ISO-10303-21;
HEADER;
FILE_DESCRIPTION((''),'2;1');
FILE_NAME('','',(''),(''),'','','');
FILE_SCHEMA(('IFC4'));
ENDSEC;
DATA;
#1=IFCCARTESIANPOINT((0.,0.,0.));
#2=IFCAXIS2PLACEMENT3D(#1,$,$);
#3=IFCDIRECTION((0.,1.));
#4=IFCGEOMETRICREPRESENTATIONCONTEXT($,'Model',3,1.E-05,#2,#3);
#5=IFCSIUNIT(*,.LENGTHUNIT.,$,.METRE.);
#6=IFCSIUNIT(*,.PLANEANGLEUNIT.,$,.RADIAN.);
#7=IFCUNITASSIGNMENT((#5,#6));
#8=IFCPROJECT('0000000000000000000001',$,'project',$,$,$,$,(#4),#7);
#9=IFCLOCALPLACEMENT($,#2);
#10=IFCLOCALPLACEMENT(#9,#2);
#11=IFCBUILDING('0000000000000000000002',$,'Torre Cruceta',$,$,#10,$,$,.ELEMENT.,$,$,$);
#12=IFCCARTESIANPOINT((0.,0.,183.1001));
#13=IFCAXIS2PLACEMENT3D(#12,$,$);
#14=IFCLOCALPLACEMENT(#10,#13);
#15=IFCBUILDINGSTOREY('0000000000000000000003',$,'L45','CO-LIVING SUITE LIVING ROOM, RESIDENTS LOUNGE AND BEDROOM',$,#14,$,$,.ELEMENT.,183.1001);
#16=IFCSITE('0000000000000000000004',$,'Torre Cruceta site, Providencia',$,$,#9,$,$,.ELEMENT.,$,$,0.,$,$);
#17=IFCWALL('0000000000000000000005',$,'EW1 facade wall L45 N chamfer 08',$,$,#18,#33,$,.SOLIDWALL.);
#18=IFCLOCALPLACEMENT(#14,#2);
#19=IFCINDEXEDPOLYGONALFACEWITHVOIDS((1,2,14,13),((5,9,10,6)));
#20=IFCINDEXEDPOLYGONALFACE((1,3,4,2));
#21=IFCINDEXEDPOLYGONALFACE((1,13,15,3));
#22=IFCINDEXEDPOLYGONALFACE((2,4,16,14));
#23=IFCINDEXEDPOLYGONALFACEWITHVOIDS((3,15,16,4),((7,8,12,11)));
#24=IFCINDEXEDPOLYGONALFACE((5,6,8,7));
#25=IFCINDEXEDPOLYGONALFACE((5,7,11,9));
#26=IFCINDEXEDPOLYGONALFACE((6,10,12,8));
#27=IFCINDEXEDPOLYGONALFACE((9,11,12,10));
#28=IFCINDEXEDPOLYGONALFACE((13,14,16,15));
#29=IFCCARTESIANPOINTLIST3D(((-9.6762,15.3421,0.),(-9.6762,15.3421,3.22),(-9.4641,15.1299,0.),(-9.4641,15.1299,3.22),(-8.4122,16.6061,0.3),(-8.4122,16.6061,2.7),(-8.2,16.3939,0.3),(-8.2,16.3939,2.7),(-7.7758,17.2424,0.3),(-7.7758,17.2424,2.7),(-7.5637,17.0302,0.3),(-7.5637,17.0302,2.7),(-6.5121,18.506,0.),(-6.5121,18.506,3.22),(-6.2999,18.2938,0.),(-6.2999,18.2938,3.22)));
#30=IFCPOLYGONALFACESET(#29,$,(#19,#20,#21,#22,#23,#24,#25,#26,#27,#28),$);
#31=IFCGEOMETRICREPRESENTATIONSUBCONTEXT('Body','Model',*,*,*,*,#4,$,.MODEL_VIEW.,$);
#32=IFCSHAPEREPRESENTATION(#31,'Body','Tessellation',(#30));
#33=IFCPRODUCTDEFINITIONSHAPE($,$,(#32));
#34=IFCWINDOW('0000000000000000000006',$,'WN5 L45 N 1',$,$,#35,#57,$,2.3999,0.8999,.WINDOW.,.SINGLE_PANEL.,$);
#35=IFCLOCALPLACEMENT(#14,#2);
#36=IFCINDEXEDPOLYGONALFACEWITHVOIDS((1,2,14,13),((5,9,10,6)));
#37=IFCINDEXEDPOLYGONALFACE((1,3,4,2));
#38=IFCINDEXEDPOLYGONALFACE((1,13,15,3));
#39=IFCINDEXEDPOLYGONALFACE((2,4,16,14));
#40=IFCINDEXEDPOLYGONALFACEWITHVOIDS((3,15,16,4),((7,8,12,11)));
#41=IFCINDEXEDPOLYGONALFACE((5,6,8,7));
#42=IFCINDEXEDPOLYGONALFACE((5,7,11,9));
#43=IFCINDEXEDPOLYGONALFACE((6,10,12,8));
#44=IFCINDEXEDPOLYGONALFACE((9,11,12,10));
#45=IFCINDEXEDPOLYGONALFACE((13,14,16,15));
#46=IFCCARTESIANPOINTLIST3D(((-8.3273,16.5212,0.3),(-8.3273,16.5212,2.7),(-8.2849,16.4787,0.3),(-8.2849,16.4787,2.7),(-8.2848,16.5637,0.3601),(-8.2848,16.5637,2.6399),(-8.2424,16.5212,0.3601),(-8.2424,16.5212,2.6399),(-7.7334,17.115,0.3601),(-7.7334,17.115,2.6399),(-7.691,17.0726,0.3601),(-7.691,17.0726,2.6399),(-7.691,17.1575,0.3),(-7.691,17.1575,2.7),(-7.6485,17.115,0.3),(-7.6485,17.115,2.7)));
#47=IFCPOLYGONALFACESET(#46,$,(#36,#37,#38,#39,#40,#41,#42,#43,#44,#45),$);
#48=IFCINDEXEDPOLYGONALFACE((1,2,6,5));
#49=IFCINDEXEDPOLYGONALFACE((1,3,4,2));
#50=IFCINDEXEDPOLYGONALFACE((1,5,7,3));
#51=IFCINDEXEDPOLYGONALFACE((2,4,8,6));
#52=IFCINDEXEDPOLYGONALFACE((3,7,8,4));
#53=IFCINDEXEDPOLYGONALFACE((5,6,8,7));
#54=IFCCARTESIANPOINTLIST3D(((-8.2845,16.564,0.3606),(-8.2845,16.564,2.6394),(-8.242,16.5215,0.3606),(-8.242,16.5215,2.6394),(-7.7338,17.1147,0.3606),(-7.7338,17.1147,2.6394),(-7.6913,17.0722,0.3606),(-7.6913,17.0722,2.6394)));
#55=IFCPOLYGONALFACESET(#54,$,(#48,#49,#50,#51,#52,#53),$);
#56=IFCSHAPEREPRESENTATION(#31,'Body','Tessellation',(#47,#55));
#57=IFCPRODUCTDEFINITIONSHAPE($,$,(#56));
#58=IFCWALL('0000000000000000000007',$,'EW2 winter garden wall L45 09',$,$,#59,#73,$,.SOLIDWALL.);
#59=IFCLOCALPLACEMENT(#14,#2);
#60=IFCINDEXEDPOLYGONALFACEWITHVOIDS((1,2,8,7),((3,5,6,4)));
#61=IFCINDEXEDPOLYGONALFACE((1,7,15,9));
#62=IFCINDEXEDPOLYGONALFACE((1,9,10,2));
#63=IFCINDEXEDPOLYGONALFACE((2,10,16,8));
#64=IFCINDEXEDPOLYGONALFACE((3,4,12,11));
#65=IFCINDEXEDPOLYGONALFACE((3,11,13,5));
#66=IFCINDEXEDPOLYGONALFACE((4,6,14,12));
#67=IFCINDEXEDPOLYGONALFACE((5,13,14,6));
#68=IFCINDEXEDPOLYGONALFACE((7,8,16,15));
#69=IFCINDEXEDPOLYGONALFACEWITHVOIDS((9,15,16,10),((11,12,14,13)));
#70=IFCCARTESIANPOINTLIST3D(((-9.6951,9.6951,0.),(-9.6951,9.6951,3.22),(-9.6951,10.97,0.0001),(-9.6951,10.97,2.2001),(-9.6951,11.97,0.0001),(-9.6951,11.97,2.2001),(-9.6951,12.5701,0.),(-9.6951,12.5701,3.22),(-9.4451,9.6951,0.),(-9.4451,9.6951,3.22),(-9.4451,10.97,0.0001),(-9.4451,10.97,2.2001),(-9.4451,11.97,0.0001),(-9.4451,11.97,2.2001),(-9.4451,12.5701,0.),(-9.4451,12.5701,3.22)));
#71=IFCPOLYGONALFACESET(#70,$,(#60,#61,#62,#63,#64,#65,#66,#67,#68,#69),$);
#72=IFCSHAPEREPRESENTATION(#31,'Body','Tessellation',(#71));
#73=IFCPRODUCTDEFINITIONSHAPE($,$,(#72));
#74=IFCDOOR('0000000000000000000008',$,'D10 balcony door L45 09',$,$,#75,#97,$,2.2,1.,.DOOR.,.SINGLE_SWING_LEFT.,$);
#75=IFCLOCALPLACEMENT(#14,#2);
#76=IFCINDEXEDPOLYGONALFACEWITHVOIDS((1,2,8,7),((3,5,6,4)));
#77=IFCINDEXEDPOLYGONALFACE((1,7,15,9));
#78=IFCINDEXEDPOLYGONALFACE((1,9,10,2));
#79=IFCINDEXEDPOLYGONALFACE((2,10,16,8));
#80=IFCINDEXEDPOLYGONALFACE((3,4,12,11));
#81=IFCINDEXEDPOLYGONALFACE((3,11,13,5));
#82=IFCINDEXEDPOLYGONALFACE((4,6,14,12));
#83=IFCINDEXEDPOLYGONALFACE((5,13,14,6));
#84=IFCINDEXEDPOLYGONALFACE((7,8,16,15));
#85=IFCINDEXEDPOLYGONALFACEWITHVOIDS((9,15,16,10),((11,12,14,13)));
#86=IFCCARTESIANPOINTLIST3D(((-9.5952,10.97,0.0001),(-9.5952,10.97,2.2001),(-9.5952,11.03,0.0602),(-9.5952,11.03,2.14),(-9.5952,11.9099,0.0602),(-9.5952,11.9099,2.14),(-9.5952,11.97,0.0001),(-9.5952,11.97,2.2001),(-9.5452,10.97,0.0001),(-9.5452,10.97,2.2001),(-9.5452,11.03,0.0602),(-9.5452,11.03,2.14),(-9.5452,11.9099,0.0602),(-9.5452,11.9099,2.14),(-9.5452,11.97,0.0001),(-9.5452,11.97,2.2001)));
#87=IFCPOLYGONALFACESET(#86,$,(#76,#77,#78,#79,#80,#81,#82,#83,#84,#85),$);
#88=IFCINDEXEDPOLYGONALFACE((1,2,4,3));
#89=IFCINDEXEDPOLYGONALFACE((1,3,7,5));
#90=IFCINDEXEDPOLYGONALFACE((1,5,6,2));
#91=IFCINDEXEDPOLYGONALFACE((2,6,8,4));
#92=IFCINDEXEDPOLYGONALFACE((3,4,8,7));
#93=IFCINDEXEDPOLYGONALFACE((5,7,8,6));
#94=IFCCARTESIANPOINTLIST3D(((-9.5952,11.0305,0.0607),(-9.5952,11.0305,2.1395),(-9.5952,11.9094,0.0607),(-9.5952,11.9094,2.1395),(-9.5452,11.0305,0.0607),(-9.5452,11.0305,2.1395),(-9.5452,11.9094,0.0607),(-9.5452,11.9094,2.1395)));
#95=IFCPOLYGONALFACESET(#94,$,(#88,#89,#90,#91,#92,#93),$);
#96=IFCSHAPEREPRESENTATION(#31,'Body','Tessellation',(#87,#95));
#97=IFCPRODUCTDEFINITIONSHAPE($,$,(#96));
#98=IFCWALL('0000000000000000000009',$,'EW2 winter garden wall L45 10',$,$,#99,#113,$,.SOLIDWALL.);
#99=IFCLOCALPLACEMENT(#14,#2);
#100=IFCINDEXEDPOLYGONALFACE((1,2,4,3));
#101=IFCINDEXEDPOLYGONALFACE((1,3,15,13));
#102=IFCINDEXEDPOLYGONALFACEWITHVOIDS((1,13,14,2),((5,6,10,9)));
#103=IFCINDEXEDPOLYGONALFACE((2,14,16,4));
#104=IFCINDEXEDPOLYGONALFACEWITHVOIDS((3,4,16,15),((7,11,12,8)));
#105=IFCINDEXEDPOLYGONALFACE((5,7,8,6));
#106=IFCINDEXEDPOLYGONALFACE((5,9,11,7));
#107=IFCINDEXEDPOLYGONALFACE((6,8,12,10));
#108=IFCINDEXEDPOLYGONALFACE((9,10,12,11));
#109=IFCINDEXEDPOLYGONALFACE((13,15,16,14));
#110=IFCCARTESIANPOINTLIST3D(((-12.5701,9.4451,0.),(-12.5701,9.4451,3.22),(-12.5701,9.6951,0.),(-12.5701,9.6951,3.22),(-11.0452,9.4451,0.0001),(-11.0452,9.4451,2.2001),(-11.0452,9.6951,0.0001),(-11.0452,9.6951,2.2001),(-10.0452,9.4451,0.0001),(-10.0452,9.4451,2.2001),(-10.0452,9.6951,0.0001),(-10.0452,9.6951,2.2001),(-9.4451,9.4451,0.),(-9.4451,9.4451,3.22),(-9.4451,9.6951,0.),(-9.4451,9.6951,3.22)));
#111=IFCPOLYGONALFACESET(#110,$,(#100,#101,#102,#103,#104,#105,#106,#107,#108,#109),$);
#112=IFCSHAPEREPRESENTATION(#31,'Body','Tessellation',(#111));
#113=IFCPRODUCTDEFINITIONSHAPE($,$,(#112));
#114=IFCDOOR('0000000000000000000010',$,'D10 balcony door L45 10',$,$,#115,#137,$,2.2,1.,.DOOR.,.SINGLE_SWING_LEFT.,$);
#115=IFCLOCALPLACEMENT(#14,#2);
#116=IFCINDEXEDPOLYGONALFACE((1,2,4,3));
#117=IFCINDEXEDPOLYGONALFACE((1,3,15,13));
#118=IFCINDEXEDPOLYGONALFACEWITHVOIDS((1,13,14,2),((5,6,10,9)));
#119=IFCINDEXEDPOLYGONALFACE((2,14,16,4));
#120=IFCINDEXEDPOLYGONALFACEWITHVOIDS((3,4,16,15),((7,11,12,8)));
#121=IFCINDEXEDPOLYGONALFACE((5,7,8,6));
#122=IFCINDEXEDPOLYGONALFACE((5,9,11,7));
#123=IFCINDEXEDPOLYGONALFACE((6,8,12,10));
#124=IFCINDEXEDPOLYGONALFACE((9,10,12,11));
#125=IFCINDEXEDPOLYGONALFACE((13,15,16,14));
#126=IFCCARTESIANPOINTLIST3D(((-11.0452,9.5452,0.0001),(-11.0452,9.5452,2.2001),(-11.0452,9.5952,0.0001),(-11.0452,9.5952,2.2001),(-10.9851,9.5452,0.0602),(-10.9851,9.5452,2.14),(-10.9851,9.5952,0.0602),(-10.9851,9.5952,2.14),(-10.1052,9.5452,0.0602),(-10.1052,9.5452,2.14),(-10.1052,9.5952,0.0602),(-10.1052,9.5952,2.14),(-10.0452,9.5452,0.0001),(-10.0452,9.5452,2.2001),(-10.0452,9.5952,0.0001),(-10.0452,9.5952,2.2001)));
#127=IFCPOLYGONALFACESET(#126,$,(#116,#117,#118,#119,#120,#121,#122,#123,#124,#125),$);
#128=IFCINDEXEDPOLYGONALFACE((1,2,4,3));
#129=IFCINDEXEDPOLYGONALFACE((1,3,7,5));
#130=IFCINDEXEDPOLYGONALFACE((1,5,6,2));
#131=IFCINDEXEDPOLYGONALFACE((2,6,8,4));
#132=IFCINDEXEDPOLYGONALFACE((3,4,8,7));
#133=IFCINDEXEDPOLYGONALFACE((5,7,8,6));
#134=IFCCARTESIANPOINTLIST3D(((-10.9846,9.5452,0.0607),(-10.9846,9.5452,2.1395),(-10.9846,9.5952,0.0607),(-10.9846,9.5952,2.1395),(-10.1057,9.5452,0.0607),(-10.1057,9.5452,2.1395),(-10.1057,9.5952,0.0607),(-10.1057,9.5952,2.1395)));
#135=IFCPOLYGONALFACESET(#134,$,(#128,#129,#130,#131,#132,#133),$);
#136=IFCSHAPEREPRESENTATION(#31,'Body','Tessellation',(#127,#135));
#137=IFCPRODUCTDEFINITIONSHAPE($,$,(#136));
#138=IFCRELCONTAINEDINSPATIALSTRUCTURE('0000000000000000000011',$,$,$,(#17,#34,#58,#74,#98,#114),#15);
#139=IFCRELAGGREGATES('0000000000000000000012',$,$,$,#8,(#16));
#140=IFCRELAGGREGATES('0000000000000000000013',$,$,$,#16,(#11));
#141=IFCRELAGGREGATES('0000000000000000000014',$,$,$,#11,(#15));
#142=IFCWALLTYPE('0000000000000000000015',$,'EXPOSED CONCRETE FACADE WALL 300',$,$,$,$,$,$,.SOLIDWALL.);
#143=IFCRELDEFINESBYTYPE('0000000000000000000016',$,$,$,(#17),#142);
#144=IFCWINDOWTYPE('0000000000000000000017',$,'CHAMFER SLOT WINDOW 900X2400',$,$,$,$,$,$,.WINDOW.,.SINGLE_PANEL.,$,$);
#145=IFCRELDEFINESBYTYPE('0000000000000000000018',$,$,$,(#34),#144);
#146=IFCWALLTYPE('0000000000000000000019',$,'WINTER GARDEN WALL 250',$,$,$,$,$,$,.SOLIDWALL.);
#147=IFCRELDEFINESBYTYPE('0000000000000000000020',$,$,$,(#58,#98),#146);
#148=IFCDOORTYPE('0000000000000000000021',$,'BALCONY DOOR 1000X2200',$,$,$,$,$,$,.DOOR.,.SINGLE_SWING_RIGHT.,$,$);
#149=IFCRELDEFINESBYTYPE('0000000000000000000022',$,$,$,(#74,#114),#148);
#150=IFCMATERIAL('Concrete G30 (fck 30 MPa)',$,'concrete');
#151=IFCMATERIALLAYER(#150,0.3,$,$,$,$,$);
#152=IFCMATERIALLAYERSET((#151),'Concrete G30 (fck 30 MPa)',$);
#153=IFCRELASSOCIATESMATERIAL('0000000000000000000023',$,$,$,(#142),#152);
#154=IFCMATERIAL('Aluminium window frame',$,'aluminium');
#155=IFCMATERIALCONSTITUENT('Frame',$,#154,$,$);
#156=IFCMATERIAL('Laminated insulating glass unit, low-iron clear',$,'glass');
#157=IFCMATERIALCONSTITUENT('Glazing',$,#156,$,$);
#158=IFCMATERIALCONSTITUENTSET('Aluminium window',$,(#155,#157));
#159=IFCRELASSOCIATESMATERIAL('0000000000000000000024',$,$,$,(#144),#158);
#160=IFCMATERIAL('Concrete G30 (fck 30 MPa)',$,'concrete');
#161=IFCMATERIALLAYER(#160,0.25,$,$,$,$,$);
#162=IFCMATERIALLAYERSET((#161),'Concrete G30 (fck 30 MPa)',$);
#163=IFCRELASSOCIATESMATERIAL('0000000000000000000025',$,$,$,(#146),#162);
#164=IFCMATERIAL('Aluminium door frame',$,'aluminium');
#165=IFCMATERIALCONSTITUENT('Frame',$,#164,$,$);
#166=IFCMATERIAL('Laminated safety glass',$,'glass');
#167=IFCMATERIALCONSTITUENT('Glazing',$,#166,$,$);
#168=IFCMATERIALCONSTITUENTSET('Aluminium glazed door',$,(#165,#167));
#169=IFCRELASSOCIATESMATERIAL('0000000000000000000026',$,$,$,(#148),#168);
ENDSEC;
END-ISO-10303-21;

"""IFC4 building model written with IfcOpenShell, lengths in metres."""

from ifc_helpers import new_model, si_unit, direction, frame, frame_2d, origin, place, context, subcontext, project, spatial, rectangle, hollow_rectangle, extrude, material, layer, layer_set, constituent, constituent_set, type_object, element, fill, save


model = new_model("IFC4")

# Units and contexts
model_context = context("Model", 3, precision=1e-05, world=origin(), true_north=direction((0.0, 1.0)))
body_context = subcontext(model_context, "Body", "Model", "MODEL_VIEW")
ifc_project = project(units=[si_unit("LENGTHUNIT", "METRE"), si_unit("PLANEANGLEUNIT", "RADIAN")], contexts=[model_context])

# Site, building, storey
site_placement = place(None, origin())
site = spatial("IfcSite", under=ifc_project, at=site_placement, Name="Torre Cruceta site, Providencia", CompositionType="ELEMENT", RefElevation=0.0)
building_placement = place(site_placement, origin())
building = spatial("IfcBuilding", under=site, at=building_placement, Name="Torre Cruceta", CompositionType="ELEMENT")
storey_placement = place(building_placement, frame((0.0, 0.0, 183.1001)))
storey = spatial("IfcBuildingStorey", under=building, at=storey_placement, Name="L45", Description="CO-LIVING SUITE LIVING ROOM, RESIDENTS LOUNGE AND BEDROOM", CompositionType="ELEMENT", Elevation=183.1001)

# Wall, opening, window
ifc_material_1 = material(Name="Concrete G30 (fck 30 MPa)", Category="concrete")
ifc_layer_1 = layer(ifc_material_1, 0.3)
ifc_layer_set_1 = layer_set([ifc_layer_1], Name="Concrete G30 (fck 30 MPa)")
wall_type_1 = type_object("IfcWallType", Name="EXPOSED CONCRETE FACADE WALL 300", PredefinedType="SOLIDWALL", material=ifc_layer_set_1)
wall_1_placement = place(storey_placement, frame((-6.406, 18.3999, 0.0), z_axis=(0.0, 0.0, 1.0), x_axis=(-0.707134, -0.707079, 0.0)))
wall_1 = element("IfcWall", 1, at=wall_1_placement, inside=storey, type_object=wall_type_1, Name="EW1 facade wall L45 N chamfer 08", PredefinedType="SOLIDWALL", context=body_context, shape_type="SweptSolid", body=[
    extrude(rectangle(XDim=4.4746, YDim=0.3, at=frame_2d((2.2373, 0.0))), origin(), (0.0, 0.0, 1.0), 3.22),
])
opening_1_placement = place(wall_1_placement, frame((1.7871, 0.0, 0.3)))
opening_1 = element("IfcOpeningElement", 2, at=opening_1_placement, cuts=wall_1, PredefinedType="OPENING", context=body_context, shape_type="SweptSolid", body=[
    extrude(rectangle(XDim=0.8999, YDim=2.3999, at=frame_2d((0.45, 1.2))), frame((0.0, 0.1599, 0.0), z_axis=(0.0, -1.0, 0.0), x_axis=(1.0, 0.0, 0.0)), (0.0, 0.0, 1.0), 0.3201),
])
ifc_material_2 = material(Name="Aluminium window frame", Category="aluminium")
ifc_constituent_1 = constituent(ifc_material_2, Name="Frame")
ifc_material_3 = material(Name="Laminated insulating glass unit, low-iron clear", Category="glass")
ifc_constituent_2 = constituent(ifc_material_3, Name="Glazing")
ifc_constituent_set_1 = constituent_set(constituents=[ifc_constituent_1, ifc_constituent_2], Name="Aluminium window")
window_type = type_object("IfcWindowType", Name="CHAMFER SLOT WINDOW 900X2400", PartitioningType="SINGLE_PANEL", PredefinedType="WINDOW", material=ifc_constituent_set_1)
window_placement = place(opening_1_placement, origin())
window = element("IfcWindow", 3, at=window_placement, inside=storey, type_object=window_type, Name="WN5 L45 N 1", OverallHeight=2.3999, OverallWidth=0.8999, PartitioningType="SINGLE_PANEL", PredefinedType="WINDOW", context=body_context, shape_type="SweptSolid", body=[
    extrude(hollow_rectangle(XDim=0.8999, YDim=2.3999, WallThickness=0.0601, at=frame_2d((0.45, 1.2))), frame((0.0, 0.03, 0.0), z_axis=(0.0, -1.0, 0.0), x_axis=(1.0, 0.0, 0.0)), (0.0, 0.0, 1.0), 0.0601),
    extrude(rectangle(XDim=0.7788, YDim=2.2788, at=frame_2d((0.45, 1.2))), frame((0.0, 0.03, 0.0), z_axis=(0.0, -1.0, 0.0), x_axis=(1.0, 0.0, 0.0)), (0.0, 0.0, 1.0), 0.0601),
])
fill(opening_1, window)

# Walls, openings, doors
ifc_material_4 = material(Name="Concrete G30 (fck 30 MPa)", Category="concrete")
ifc_layer_2 = layer(ifc_material_4, 0.25)
ifc_layer_set_2 = layer_set([ifc_layer_2], Name="Concrete G30 (fck 30 MPa)")
wall_type_2 = type_object("IfcWallType", Name="WINTER GARDEN WALL 250", PredefinedType="SOLIDWALL", material=ifc_layer_set_2)
wall_2_placement = place(storey_placement, frame((-9.5701, 12.5701, 0.0), z_axis=(0.0, 0.0, 1.0), x_axis=(0.0, -1.0, 0.0)))
wall_2 = element("IfcWall", 4, at=wall_2_placement, inside=storey, type_object=wall_type_2, Name="EW2 winter garden wall L45 09", PredefinedType="SOLIDWALL", context=body_context, shape_type="SweptSolid", body=[
    extrude(rectangle(XDim=2.875, YDim=0.25, at=frame_2d((1.4375, 0.0))), origin(), (0.0, 0.0, 1.0), 3.22),
])
opening_2_placement = place(wall_2_placement, frame((0.6001, 0.0, 0.0)))
opening_2 = element("IfcOpeningElement", 5, at=opening_2_placement, cuts=wall_2, PredefinedType="OPENING", context=body_context, shape_type="SweptSolid", body=[
    extrude(rectangle(XDim=1.0, YDim=2.2, at=frame_2d((0.5, 1.1001))), frame((0.0, 0.135, 0.0), z_axis=(0.0, -1.0, 0.0), x_axis=(1.0, 0.0, 0.0)), (0.0, 0.0, 1.0), 0.27),
])
ifc_material_5 = material(Name="Aluminium door frame", Category="aluminium")
ifc_constituent_3 = constituent(ifc_material_5, Name="Frame")
ifc_material_6 = material(Name="Laminated safety glass", Category="glass")
ifc_constituent_4 = constituent(ifc_material_6, Name="Glazing")
ifc_constituent_set_2 = constituent_set(constituents=[ifc_constituent_3, ifc_constituent_4], Name="Aluminium glazed door")
door_type_1 = type_object("IfcDoorType", Name="BALCONY DOOR 1000X2200", OperationType="SINGLE_SWING_RIGHT", PredefinedType="DOOR", material=ifc_constituent_set_2)
door_1_placement = place(opening_2_placement, origin())
door_1 = element("IfcDoor", 6, at=door_1_placement, inside=storey, type_object=door_type_1, Name="D10 balcony door L45 09", OperationType="SINGLE_SWING_LEFT", OverallHeight=2.2, OverallWidth=1.0, PredefinedType="DOOR", context=body_context, shape_type="SweptSolid", body=[
    extrude(hollow_rectangle(XDim=1.0, YDim=2.2, WallThickness=0.0601, at=frame_2d((0.5, 1.1001))), frame((0.0, 0.0249, 0.0), z_axis=(0.0, -1.0, 0.0), x_axis=(1.0, 0.0, 0.0)), (0.0, 0.0, 1.0), 0.05),
    extrude(rectangle(XDim=0.8789, YDim=2.0789, at=frame_2d((0.5, 1.1001))), frame((0.0, 0.0249, 0.0), z_axis=(0.0, -1.0, 0.0), x_axis=(1.0, 0.0, 0.0)), (0.0, 0.0, 1.0), 0.05),
])
fill(opening_2, door_1)
wall_3_placement = place(storey_placement, frame((-9.4451, 9.5701, 0.0), z_axis=(0.0, 0.0, 1.0), x_axis=(-1.0, 0.0, 0.0)))
wall_3 = element("IfcWall", 7, at=wall_3_placement, inside=storey, type_object=wall_type_2, Name="EW2 winter garden wall L45 10", PredefinedType="SOLIDWALL", context=body_context, shape_type="SweptSolid", body=[
    extrude(rectangle(XDim=3.125, YDim=0.25, at=frame_2d((1.5625, 0.0))), origin(), (0.0, 0.0, 1.0), 3.22),
])
opening_3_placement = place(wall_3_placement, frame((0.6001, 0.0, 0.0)))
opening_3 = element("IfcOpeningElement", 8, at=opening_3_placement, cuts=wall_3, PredefinedType="OPENING", context=body_context, shape_type="SweptSolid", body=[
    extrude(rectangle(XDim=1.0, YDim=2.2, at=frame_2d((0.5, 1.1001))), frame((0.0, 0.135, 0.0), z_axis=(0.0, -1.0, 0.0), x_axis=(1.0, 0.0, 0.0)), (0.0, 0.0, 1.0), 0.27),
])
door_2_placement = place(opening_3_placement, origin())
door_2 = element("IfcDoor", 9, at=door_2_placement, inside=storey, type_object=door_type_1, Name="D10 balcony door L45 10", OperationType="SINGLE_SWING_LEFT", OverallHeight=2.2, OverallWidth=1.0, PredefinedType="DOOR", context=body_context, shape_type="SweptSolid", body=[
    extrude(hollow_rectangle(XDim=1.0, YDim=2.2, WallThickness=0.0601, at=frame_2d((0.5, 1.1001))), frame((0.0, 0.0249, 0.0), z_axis=(0.0, -1.0, 0.0), x_axis=(1.0, 0.0, 0.0)), (0.0, 0.0, 1.0), 0.05),
    extrude(rectangle(XDim=0.8789, YDim=2.0789, at=frame_2d((0.5, 1.1001))), frame((0.0, 0.0249, 0.0), z_axis=(0.0, -1.0, 0.0), x_axis=(1.0, 0.0, 0.0)), (0.0, 0.0, 1.0), 0.05),
])
fill(opening_3, door_2)

save(model, "model.ifc")
